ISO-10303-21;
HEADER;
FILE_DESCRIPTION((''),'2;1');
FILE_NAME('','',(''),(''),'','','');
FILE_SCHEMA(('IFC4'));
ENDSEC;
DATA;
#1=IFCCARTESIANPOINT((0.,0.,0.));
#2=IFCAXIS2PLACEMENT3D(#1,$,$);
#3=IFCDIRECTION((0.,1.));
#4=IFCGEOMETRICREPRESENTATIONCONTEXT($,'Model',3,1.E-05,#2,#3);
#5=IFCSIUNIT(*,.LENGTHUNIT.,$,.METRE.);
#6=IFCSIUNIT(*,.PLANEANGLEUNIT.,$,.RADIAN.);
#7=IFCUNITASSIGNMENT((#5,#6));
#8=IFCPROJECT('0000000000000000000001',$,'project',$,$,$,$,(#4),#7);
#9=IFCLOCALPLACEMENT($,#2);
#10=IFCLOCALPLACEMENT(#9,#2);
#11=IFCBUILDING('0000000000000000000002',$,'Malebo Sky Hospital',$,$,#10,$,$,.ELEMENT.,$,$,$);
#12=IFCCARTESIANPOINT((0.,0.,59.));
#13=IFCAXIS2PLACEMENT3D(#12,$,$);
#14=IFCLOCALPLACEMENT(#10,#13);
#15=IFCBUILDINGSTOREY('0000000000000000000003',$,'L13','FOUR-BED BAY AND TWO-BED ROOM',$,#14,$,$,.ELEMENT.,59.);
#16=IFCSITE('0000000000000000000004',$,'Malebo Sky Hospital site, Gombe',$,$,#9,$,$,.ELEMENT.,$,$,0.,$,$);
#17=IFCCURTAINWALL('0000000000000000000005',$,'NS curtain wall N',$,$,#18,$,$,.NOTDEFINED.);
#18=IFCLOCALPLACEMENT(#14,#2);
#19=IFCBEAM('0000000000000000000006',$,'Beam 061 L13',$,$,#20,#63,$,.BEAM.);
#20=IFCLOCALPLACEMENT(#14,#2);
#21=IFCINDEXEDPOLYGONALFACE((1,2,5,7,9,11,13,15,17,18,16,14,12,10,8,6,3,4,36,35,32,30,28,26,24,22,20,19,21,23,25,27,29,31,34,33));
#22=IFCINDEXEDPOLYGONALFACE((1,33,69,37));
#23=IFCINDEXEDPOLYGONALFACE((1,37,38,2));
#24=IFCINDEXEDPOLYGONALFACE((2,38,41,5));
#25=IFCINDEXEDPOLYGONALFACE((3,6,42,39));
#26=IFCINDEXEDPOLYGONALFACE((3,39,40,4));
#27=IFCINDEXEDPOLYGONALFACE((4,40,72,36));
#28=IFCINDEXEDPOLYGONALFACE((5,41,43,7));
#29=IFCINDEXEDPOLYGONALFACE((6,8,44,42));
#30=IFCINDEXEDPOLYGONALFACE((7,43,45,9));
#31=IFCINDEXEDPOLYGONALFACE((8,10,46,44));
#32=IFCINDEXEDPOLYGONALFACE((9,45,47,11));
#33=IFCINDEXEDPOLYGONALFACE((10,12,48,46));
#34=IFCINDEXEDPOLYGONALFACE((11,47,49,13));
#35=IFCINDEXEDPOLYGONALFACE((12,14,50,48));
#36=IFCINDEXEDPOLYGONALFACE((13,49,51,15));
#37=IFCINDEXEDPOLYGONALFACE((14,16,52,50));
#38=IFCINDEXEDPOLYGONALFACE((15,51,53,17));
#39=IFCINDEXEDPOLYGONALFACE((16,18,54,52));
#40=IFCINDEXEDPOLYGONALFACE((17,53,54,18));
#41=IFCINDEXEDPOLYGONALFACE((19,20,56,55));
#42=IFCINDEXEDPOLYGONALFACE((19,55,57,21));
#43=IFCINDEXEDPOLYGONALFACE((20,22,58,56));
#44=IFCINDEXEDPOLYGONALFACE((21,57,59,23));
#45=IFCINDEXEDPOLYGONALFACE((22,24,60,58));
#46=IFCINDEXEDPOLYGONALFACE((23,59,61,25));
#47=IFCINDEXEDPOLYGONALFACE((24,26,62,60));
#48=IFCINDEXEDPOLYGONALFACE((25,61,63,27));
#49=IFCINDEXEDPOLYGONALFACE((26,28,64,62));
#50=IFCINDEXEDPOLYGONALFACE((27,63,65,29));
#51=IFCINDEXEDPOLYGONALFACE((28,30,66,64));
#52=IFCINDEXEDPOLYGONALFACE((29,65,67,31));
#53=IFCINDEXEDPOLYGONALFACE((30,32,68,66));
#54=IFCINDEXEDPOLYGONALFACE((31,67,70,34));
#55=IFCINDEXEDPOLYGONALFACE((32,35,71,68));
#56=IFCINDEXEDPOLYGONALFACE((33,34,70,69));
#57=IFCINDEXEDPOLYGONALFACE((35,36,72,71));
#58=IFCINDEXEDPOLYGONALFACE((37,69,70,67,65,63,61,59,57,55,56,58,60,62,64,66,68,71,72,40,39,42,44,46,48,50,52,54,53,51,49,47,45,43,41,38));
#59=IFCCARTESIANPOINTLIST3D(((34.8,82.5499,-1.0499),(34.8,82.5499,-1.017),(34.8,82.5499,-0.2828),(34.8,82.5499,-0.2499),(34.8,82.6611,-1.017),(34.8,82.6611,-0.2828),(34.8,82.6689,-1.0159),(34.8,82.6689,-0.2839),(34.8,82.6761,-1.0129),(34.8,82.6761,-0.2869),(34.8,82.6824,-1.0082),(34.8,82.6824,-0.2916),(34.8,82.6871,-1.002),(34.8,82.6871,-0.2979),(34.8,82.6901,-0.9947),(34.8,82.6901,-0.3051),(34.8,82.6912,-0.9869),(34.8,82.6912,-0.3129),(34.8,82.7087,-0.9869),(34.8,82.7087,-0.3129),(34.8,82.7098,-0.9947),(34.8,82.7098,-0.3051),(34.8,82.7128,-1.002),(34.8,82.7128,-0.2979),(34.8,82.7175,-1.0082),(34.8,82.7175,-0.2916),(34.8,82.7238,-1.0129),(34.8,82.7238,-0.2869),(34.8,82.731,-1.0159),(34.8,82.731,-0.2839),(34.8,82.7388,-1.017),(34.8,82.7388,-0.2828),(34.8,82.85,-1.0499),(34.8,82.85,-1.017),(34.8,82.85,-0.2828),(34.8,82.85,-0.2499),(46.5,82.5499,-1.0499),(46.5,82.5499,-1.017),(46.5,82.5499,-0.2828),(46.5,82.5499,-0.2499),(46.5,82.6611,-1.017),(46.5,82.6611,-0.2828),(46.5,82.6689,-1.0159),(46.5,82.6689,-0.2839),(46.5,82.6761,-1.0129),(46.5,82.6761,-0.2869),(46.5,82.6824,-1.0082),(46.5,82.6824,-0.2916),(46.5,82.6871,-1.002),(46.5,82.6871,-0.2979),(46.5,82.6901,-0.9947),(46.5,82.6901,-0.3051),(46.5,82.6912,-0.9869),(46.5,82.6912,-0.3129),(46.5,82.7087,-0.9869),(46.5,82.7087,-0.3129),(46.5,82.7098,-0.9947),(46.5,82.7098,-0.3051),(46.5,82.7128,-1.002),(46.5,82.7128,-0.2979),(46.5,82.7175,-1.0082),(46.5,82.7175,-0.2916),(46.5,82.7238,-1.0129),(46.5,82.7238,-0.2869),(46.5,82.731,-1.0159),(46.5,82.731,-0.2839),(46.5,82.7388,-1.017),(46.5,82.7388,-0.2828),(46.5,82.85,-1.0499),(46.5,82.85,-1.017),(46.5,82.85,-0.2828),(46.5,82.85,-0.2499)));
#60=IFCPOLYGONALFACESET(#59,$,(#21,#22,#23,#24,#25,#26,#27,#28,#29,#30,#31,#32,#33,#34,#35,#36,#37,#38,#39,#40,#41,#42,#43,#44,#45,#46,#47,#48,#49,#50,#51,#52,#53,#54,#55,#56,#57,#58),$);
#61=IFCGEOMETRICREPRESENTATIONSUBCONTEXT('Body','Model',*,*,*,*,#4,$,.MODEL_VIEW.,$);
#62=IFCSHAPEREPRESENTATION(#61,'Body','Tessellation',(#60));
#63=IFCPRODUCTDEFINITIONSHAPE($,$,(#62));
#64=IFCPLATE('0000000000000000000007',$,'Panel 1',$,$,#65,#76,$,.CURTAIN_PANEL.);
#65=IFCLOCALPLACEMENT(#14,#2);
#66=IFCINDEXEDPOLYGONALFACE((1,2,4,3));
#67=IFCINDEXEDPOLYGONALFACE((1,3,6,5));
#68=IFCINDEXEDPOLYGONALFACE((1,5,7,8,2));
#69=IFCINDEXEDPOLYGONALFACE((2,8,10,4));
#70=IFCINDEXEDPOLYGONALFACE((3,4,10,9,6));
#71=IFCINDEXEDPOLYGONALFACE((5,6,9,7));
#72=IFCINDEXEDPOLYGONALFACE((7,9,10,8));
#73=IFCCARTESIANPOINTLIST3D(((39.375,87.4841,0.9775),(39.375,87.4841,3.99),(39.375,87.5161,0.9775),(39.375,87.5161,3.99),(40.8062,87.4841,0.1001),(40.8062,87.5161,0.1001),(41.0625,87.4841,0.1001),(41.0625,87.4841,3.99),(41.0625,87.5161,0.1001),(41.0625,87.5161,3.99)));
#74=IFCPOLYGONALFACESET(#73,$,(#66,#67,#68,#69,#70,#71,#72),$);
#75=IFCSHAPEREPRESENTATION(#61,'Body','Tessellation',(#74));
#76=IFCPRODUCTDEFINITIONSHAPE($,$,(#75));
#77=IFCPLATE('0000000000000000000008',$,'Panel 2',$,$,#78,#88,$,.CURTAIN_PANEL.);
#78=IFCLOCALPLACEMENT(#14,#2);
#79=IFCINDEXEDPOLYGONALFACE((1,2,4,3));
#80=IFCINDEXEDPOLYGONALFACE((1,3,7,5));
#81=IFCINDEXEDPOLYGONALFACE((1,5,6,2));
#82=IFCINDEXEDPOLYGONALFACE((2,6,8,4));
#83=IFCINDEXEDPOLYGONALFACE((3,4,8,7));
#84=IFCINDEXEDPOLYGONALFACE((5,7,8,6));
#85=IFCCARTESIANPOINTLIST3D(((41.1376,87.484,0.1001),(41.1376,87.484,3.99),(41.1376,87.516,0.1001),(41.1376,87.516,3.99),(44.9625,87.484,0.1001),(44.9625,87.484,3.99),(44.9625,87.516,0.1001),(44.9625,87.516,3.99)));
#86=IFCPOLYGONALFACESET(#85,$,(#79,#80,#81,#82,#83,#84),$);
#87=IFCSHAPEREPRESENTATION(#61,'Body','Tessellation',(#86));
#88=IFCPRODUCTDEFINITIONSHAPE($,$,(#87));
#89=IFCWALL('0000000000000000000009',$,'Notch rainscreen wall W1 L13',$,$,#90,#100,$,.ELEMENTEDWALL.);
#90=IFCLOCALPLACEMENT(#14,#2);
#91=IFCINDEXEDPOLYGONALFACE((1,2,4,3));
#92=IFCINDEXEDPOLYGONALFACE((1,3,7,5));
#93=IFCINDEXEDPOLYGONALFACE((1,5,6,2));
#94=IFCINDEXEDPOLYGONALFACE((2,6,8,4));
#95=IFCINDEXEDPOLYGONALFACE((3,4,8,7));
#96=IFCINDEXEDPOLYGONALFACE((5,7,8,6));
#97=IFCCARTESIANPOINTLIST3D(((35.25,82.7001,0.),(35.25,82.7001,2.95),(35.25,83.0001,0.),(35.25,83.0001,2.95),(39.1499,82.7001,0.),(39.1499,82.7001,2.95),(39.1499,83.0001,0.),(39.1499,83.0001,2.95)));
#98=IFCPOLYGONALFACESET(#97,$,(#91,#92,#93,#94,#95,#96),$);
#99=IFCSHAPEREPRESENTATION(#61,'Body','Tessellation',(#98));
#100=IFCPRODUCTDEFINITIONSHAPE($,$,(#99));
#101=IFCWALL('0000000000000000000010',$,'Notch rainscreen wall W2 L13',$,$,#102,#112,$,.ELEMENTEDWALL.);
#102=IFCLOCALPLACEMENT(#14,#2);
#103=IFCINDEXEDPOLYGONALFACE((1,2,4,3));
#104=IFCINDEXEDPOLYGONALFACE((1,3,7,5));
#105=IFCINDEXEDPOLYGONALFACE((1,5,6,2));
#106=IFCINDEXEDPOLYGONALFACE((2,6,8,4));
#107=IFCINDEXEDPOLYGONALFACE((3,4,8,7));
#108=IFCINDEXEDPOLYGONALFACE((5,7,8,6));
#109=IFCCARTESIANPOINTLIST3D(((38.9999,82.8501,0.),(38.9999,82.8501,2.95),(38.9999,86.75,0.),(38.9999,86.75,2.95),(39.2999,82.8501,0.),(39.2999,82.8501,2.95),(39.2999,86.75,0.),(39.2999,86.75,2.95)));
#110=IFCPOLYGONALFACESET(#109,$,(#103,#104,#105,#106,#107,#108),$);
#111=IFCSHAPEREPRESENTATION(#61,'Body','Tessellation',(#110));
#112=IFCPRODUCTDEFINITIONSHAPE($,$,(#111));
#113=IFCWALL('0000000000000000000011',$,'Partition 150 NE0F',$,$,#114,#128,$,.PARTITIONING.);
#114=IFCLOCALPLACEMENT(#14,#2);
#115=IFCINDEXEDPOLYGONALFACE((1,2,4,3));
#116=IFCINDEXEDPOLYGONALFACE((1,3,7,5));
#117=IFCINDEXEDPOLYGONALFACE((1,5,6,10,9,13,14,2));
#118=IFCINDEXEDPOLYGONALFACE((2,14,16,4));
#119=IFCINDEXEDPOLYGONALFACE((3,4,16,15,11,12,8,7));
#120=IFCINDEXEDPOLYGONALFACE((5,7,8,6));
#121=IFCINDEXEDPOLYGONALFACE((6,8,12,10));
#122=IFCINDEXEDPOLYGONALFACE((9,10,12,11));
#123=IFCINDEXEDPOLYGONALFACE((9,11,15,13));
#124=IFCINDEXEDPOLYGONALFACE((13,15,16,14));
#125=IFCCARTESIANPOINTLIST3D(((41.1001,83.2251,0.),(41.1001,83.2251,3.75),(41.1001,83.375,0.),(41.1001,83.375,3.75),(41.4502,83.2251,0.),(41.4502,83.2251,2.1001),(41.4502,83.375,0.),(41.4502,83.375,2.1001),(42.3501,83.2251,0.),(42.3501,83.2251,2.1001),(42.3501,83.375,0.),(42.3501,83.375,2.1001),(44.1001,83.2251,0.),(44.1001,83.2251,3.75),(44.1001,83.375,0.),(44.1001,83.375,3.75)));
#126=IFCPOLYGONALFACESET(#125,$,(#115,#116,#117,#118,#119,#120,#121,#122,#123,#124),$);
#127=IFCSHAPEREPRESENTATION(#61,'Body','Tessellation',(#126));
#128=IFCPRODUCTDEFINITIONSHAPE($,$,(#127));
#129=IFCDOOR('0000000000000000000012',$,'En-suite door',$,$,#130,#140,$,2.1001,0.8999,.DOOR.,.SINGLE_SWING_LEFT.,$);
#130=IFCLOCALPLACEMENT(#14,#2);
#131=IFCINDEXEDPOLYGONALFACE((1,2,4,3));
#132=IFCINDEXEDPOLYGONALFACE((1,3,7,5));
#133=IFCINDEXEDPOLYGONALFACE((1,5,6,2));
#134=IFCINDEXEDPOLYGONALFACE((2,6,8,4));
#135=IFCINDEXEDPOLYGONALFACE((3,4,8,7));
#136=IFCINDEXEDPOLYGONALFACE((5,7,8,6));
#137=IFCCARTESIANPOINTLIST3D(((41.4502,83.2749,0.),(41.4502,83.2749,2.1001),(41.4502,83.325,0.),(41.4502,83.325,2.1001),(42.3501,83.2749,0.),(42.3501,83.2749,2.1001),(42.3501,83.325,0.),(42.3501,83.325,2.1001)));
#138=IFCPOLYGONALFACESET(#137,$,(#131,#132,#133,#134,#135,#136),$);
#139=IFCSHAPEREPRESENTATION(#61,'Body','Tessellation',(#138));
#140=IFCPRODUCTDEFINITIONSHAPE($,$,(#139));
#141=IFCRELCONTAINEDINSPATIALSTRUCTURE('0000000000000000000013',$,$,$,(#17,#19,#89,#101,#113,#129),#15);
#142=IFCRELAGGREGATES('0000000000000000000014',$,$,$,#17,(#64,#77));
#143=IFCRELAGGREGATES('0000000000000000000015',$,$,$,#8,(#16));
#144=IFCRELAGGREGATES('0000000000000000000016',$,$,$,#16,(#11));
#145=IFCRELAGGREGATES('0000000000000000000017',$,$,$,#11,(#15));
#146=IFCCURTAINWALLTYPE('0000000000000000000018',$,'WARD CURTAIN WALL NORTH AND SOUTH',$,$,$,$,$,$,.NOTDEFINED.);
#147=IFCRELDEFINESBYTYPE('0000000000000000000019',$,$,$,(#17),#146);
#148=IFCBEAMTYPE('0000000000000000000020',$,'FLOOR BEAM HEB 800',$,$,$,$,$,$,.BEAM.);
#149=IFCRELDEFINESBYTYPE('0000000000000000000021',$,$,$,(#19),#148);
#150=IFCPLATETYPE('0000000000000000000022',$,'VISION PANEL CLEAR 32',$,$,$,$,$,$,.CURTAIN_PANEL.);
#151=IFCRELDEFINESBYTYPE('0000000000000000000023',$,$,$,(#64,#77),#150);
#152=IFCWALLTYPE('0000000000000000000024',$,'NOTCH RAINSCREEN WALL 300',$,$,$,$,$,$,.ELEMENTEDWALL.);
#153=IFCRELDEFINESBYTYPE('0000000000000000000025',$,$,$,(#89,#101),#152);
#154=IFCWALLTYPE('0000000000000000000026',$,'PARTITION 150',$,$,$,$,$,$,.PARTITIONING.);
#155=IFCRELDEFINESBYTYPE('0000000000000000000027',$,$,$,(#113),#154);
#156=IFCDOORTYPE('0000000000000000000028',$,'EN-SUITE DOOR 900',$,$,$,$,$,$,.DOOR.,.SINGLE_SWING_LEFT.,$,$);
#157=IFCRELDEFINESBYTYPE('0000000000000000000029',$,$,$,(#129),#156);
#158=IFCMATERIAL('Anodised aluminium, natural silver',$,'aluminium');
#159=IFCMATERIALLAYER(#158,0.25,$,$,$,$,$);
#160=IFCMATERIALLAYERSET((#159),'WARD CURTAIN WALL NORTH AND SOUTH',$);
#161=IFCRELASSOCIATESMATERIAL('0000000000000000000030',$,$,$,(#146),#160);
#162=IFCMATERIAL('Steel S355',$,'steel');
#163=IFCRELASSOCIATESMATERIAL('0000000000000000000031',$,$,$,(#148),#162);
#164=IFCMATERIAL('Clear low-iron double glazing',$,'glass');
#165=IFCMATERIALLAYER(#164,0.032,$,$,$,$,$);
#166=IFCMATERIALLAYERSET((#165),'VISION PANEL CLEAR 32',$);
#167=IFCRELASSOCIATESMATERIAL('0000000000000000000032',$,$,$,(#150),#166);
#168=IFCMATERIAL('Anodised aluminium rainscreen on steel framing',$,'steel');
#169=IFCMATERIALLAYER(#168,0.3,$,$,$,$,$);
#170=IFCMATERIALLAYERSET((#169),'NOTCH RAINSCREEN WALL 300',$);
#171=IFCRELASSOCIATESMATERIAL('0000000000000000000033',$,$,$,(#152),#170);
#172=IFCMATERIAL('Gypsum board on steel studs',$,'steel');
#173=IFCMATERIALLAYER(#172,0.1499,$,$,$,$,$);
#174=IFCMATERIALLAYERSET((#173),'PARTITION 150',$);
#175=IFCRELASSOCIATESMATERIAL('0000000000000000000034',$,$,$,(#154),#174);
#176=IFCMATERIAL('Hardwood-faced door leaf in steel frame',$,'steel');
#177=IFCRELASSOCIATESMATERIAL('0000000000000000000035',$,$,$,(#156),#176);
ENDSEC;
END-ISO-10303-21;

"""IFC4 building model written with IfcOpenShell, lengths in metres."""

from ifc_helpers import new_model, si_unit, direction, frame, frame_2d, origin, origin_2d, place, context, subcontext, project, spatial, polyline, rectangle, i_section, outline, extrude, material, layer, layer_set, material_profile, profile_set, type_object, element, fill, aggregate, save


model = new_model("IFC4")

# Units and contexts
model_context = context("Model", 3, precision=1e-05, world=origin(), true_north=direction((0.0, 1.0)))
body_context = subcontext(model_context, "Body", "Model", "MODEL_VIEW")
ifc_project = project(units=[si_unit("LENGTHUNIT", "METRE"), si_unit("PLANEANGLEUNIT", "RADIAN")], contexts=[model_context])

# Site, building, storey
site_placement = place(None, origin())
site = spatial("IfcSite", under=ifc_project, at=site_placement, Name="Malebo Sky Hospital site, Gombe", CompositionType="ELEMENT", RefElevation=0.0)
building_placement = place(site_placement, origin())
building = spatial("IfcBuilding", under=site, at=building_placement, Name="Malebo Sky Hospital", CompositionType="ELEMENT")
storey_placement = place(building_placement, frame((0.0, 0.0, 59.0)))
storey = spatial("IfcBuildingStorey", under=building, at=storey_placement, Name="L13", Description="FOUR-BED BAY AND TWO-BED ROOM", CompositionType="ELEMENT", Elevation=59.0)

# Curtain wall
ifc_material_1 = material(Name="Anodised aluminium, natural silver", Category="aluminium")
ifc_layer_1 = layer(ifc_material_1, 0.25)
ifc_layer_set_1 = layer_set([ifc_layer_1], Name="WARD CURTAIN WALL NORTH AND SOUTH")
curtain_wall_type = type_object("IfcCurtainWallType", Name="WARD CURTAIN WALL NORTH AND SOUTH", PredefinedType="NOTDEFINED", material=ifc_layer_set_1)
curtain_wall_placement = place(storey_placement, origin())
curtain_wall = element("IfcCurtainWall", 1, at=curtain_wall_placement, inside=storey, type_object=curtain_wall_type, Name="NS curtain wall N", PredefinedType="NOTDEFINED")

# Shared definitions
ifc_material_2 = material(Name="Steel S355", Category="steel")

# Beam
ifc_material_profile_1 = material_profile(ifc_material_2, i_section(OverallWidth=0.3, OverallDepth=0.8, WebThickness=0.0176, FlangeThickness=0.033, FilletRadius=0.03, at=origin_2d()), Name="HEB 800")
ifc_profile_set_1 = profile_set([ifc_material_profile_1], Name="Steel S355")
beam_type_1 = type_object("IfcBeamType", Name="FLOOR BEAM HEB 800", PredefinedType="BEAM", material=ifc_profile_set_1)
beam_1_placement = place(storey_placement, frame((34.8, 82.7, -0.6499), z_axis=(1.0, 0.0, 0.0), x_axis=(0.0, 1.0, 0.0)))
element("IfcBeam", 2, at=beam_1_placement, inside=storey, type_object=beam_type_1, Name="Beam 061 L13", PredefinedType="BEAM", context=body_context, shape_type="SweptSolid", body=[
    extrude(i_section(OverallWidth=0.3, OverallDepth=0.8, WebThickness=0.0176, FlangeThickness=0.033, FilletRadius=0.03, at=origin_2d()), origin(), (0.0, 0.0, 1.0), 11.7),
])

# Plates
ifc_material_3 = material(Name="Clear low-iron double glazing", Category="glass")
ifc_layer_2 = layer(ifc_material_3, 0.032)
ifc_layer_set_2 = layer_set([ifc_layer_2], Name="VISION PANEL CLEAR 32")
plate_type = type_object("IfcPlateType", Name="VISION PANEL CLEAR 32", PredefinedType="CURTAIN_PANEL", material=ifc_layer_set_2)
plate_1_placement = place(storey_placement, frame((40.2188, 87.5, 0.1001), z_axis=(0.0, 0.0, 1.0), x_axis=(1.0, 0.0, 0.0)))
plate_1 = element("IfcPlate", 3, at=plate_1_placement, type_object=plate_type, Name="Panel 1", PredefinedType="CURTAIN_PANEL", context=body_context, shape_type="SweptSolid", body=[
    extrude(outline(polyline([(0.5874, 0.0), (0.8438, 0.0), (0.8438, 3.8899), (-0.8438, 3.8899), (-0.8438, 0.8774), (0.5874, 0.0)])), frame((0.0, 0.0161, 0.0), z_axis=(0.0, -1.0, 0.0), x_axis=(1.0, 0.0, 0.0)), (0.0, 0.0, 1.0), 0.032),
])
plate_2_placement = place(storey_placement, frame((43.05, 87.5, 0.1001), z_axis=(0.0, 0.0, 1.0), x_axis=(1.0, 0.0, 0.0)))
plate_2 = element("IfcPlate", 4, at=plate_2_placement, type_object=plate_type, Name="Panel 2", PredefinedType="CURTAIN_PANEL", context=body_context, shape_type="SweptSolid", body=[
    extrude(rectangle(XDim=3.825, YDim=0.032, at=origin_2d()), origin(), (0.0, 0.0, 1.0), 3.8899),
])
aggregate(curtain_wall, [plate_1, plate_2])

# Walls
ifc_material_4 = material(Name="Anodised aluminium rainscreen on steel framing", Category="steel")
ifc_layer_3 = layer(ifc_material_4, 0.3)
ifc_layer_set_3 = layer_set([ifc_layer_3], Name="NOTCH RAINSCREEN WALL 300")
wall_type_1 = type_object("IfcWallType", Name="NOTCH RAINSCREEN WALL 300", PredefinedType="ELEMENTEDWALL", material=ifc_layer_set_3)
for number, where, z_axis, x_axis, name in (
    (5, (35.25, 82.8501, 0.0), (0.0, 0.0, 1.0), (1.0, 0.0, 0.0), "Notch rainscreen wall W1 L13"),
    (6, (39.1499, 82.8501, 0.0), (0.0, 0.0, 1.0), (0.0, 1.0, 0.0), "Notch rainscreen wall W2 L13"),
):
    element("IfcWall", number, at=place(storey_placement, frame(where, z_axis=z_axis, x_axis=x_axis)), inside=storey, type_object=wall_type_1, Name=name, PredefinedType="ELEMENTEDWALL", context=body_context, shape_type="SweptSolid", body=[
        extrude(rectangle(XDim=3.8999, YDim=0.3, at=frame_2d((1.95, 0.0))), origin(), (0.0, 0.0, 1.0), 2.95),
    ])

# Wall, opening, door
ifc_material_5 = material(Name="Gypsum board on steel studs", Category="steel")
ifc_layer_4 = layer(ifc_material_5, 0.1499)
ifc_layer_set_4 = layer_set([ifc_layer_4], Name="PARTITION 150")
wall_type_2 = type_object("IfcWallType", Name="PARTITION 150", PredefinedType="PARTITIONING", material=ifc_layer_set_4)
wall_placement = place(storey_placement, frame((41.1001, 83.3, 0.0), z_axis=(0.0, 0.0, 1.0), x_axis=(1.0, 0.0, 0.0)))
wall = element("IfcWall", 7, at=wall_placement, inside=storey, type_object=wall_type_2, Name="Partition 150 NE0F", PredefinedType="PARTITIONING", context=body_context, shape_type="SweptSolid", body=[
    extrude(rectangle(XDim=3.0, YDim=0.1499, at=frame_2d((1.5, 0.0))), origin(), (0.0, 0.0, 1.0), 3.75),
])
opening_placement = place(wall_placement, frame((0.3501, 0.0, 0.0)))
opening = element("IfcOpeningElement", 8, at=opening_placement, cuts=wall, PredefinedType="OPENING", context=body_context, shape_type="SweptSolid", body=[
    extrude(rectangle(XDim=0.8999, YDim=2.1001, at=frame_2d((0.45, 1.05))), frame((0.0, 0.085, 0.0), z_axis=(0.0, -1.0, 0.0), x_axis=(1.0, 0.0, 0.0)), (0.0, 0.0, 1.0), 0.1699),
])
ifc_material_6 = material(Name="Hardwood-faced door leaf in steel frame", Category="steel")
door_type = type_object("IfcDoorType", Name="EN-SUITE DOOR 900", OperationType="SINGLE_SWING_LEFT", PredefinedType="DOOR", material=ifc_material_6)
door_placement = place(opening_placement, origin())
door = element("IfcDoor", 9, at=door_placement, inside=storey, type_object=door_type, Name="En-suite door", OperationType="SINGLE_SWING_LEFT", OverallHeight=2.1001, OverallWidth=0.8999, PredefinedType="DOOR", context=body_context, shape_type="SweptSolid", body=[
    extrude(rectangle(XDim=0.8999, YDim=2.1001, at=frame_2d((0.45, 1.05))), frame((0.0, 0.0249, 0.0), z_axis=(0.0, -1.0, 0.0), x_axis=(1.0, 0.0, 0.0)), (0.0, 0.0, 1.0), 0.05),
])
fill(opening, door)

save(model, "model.ifc")
